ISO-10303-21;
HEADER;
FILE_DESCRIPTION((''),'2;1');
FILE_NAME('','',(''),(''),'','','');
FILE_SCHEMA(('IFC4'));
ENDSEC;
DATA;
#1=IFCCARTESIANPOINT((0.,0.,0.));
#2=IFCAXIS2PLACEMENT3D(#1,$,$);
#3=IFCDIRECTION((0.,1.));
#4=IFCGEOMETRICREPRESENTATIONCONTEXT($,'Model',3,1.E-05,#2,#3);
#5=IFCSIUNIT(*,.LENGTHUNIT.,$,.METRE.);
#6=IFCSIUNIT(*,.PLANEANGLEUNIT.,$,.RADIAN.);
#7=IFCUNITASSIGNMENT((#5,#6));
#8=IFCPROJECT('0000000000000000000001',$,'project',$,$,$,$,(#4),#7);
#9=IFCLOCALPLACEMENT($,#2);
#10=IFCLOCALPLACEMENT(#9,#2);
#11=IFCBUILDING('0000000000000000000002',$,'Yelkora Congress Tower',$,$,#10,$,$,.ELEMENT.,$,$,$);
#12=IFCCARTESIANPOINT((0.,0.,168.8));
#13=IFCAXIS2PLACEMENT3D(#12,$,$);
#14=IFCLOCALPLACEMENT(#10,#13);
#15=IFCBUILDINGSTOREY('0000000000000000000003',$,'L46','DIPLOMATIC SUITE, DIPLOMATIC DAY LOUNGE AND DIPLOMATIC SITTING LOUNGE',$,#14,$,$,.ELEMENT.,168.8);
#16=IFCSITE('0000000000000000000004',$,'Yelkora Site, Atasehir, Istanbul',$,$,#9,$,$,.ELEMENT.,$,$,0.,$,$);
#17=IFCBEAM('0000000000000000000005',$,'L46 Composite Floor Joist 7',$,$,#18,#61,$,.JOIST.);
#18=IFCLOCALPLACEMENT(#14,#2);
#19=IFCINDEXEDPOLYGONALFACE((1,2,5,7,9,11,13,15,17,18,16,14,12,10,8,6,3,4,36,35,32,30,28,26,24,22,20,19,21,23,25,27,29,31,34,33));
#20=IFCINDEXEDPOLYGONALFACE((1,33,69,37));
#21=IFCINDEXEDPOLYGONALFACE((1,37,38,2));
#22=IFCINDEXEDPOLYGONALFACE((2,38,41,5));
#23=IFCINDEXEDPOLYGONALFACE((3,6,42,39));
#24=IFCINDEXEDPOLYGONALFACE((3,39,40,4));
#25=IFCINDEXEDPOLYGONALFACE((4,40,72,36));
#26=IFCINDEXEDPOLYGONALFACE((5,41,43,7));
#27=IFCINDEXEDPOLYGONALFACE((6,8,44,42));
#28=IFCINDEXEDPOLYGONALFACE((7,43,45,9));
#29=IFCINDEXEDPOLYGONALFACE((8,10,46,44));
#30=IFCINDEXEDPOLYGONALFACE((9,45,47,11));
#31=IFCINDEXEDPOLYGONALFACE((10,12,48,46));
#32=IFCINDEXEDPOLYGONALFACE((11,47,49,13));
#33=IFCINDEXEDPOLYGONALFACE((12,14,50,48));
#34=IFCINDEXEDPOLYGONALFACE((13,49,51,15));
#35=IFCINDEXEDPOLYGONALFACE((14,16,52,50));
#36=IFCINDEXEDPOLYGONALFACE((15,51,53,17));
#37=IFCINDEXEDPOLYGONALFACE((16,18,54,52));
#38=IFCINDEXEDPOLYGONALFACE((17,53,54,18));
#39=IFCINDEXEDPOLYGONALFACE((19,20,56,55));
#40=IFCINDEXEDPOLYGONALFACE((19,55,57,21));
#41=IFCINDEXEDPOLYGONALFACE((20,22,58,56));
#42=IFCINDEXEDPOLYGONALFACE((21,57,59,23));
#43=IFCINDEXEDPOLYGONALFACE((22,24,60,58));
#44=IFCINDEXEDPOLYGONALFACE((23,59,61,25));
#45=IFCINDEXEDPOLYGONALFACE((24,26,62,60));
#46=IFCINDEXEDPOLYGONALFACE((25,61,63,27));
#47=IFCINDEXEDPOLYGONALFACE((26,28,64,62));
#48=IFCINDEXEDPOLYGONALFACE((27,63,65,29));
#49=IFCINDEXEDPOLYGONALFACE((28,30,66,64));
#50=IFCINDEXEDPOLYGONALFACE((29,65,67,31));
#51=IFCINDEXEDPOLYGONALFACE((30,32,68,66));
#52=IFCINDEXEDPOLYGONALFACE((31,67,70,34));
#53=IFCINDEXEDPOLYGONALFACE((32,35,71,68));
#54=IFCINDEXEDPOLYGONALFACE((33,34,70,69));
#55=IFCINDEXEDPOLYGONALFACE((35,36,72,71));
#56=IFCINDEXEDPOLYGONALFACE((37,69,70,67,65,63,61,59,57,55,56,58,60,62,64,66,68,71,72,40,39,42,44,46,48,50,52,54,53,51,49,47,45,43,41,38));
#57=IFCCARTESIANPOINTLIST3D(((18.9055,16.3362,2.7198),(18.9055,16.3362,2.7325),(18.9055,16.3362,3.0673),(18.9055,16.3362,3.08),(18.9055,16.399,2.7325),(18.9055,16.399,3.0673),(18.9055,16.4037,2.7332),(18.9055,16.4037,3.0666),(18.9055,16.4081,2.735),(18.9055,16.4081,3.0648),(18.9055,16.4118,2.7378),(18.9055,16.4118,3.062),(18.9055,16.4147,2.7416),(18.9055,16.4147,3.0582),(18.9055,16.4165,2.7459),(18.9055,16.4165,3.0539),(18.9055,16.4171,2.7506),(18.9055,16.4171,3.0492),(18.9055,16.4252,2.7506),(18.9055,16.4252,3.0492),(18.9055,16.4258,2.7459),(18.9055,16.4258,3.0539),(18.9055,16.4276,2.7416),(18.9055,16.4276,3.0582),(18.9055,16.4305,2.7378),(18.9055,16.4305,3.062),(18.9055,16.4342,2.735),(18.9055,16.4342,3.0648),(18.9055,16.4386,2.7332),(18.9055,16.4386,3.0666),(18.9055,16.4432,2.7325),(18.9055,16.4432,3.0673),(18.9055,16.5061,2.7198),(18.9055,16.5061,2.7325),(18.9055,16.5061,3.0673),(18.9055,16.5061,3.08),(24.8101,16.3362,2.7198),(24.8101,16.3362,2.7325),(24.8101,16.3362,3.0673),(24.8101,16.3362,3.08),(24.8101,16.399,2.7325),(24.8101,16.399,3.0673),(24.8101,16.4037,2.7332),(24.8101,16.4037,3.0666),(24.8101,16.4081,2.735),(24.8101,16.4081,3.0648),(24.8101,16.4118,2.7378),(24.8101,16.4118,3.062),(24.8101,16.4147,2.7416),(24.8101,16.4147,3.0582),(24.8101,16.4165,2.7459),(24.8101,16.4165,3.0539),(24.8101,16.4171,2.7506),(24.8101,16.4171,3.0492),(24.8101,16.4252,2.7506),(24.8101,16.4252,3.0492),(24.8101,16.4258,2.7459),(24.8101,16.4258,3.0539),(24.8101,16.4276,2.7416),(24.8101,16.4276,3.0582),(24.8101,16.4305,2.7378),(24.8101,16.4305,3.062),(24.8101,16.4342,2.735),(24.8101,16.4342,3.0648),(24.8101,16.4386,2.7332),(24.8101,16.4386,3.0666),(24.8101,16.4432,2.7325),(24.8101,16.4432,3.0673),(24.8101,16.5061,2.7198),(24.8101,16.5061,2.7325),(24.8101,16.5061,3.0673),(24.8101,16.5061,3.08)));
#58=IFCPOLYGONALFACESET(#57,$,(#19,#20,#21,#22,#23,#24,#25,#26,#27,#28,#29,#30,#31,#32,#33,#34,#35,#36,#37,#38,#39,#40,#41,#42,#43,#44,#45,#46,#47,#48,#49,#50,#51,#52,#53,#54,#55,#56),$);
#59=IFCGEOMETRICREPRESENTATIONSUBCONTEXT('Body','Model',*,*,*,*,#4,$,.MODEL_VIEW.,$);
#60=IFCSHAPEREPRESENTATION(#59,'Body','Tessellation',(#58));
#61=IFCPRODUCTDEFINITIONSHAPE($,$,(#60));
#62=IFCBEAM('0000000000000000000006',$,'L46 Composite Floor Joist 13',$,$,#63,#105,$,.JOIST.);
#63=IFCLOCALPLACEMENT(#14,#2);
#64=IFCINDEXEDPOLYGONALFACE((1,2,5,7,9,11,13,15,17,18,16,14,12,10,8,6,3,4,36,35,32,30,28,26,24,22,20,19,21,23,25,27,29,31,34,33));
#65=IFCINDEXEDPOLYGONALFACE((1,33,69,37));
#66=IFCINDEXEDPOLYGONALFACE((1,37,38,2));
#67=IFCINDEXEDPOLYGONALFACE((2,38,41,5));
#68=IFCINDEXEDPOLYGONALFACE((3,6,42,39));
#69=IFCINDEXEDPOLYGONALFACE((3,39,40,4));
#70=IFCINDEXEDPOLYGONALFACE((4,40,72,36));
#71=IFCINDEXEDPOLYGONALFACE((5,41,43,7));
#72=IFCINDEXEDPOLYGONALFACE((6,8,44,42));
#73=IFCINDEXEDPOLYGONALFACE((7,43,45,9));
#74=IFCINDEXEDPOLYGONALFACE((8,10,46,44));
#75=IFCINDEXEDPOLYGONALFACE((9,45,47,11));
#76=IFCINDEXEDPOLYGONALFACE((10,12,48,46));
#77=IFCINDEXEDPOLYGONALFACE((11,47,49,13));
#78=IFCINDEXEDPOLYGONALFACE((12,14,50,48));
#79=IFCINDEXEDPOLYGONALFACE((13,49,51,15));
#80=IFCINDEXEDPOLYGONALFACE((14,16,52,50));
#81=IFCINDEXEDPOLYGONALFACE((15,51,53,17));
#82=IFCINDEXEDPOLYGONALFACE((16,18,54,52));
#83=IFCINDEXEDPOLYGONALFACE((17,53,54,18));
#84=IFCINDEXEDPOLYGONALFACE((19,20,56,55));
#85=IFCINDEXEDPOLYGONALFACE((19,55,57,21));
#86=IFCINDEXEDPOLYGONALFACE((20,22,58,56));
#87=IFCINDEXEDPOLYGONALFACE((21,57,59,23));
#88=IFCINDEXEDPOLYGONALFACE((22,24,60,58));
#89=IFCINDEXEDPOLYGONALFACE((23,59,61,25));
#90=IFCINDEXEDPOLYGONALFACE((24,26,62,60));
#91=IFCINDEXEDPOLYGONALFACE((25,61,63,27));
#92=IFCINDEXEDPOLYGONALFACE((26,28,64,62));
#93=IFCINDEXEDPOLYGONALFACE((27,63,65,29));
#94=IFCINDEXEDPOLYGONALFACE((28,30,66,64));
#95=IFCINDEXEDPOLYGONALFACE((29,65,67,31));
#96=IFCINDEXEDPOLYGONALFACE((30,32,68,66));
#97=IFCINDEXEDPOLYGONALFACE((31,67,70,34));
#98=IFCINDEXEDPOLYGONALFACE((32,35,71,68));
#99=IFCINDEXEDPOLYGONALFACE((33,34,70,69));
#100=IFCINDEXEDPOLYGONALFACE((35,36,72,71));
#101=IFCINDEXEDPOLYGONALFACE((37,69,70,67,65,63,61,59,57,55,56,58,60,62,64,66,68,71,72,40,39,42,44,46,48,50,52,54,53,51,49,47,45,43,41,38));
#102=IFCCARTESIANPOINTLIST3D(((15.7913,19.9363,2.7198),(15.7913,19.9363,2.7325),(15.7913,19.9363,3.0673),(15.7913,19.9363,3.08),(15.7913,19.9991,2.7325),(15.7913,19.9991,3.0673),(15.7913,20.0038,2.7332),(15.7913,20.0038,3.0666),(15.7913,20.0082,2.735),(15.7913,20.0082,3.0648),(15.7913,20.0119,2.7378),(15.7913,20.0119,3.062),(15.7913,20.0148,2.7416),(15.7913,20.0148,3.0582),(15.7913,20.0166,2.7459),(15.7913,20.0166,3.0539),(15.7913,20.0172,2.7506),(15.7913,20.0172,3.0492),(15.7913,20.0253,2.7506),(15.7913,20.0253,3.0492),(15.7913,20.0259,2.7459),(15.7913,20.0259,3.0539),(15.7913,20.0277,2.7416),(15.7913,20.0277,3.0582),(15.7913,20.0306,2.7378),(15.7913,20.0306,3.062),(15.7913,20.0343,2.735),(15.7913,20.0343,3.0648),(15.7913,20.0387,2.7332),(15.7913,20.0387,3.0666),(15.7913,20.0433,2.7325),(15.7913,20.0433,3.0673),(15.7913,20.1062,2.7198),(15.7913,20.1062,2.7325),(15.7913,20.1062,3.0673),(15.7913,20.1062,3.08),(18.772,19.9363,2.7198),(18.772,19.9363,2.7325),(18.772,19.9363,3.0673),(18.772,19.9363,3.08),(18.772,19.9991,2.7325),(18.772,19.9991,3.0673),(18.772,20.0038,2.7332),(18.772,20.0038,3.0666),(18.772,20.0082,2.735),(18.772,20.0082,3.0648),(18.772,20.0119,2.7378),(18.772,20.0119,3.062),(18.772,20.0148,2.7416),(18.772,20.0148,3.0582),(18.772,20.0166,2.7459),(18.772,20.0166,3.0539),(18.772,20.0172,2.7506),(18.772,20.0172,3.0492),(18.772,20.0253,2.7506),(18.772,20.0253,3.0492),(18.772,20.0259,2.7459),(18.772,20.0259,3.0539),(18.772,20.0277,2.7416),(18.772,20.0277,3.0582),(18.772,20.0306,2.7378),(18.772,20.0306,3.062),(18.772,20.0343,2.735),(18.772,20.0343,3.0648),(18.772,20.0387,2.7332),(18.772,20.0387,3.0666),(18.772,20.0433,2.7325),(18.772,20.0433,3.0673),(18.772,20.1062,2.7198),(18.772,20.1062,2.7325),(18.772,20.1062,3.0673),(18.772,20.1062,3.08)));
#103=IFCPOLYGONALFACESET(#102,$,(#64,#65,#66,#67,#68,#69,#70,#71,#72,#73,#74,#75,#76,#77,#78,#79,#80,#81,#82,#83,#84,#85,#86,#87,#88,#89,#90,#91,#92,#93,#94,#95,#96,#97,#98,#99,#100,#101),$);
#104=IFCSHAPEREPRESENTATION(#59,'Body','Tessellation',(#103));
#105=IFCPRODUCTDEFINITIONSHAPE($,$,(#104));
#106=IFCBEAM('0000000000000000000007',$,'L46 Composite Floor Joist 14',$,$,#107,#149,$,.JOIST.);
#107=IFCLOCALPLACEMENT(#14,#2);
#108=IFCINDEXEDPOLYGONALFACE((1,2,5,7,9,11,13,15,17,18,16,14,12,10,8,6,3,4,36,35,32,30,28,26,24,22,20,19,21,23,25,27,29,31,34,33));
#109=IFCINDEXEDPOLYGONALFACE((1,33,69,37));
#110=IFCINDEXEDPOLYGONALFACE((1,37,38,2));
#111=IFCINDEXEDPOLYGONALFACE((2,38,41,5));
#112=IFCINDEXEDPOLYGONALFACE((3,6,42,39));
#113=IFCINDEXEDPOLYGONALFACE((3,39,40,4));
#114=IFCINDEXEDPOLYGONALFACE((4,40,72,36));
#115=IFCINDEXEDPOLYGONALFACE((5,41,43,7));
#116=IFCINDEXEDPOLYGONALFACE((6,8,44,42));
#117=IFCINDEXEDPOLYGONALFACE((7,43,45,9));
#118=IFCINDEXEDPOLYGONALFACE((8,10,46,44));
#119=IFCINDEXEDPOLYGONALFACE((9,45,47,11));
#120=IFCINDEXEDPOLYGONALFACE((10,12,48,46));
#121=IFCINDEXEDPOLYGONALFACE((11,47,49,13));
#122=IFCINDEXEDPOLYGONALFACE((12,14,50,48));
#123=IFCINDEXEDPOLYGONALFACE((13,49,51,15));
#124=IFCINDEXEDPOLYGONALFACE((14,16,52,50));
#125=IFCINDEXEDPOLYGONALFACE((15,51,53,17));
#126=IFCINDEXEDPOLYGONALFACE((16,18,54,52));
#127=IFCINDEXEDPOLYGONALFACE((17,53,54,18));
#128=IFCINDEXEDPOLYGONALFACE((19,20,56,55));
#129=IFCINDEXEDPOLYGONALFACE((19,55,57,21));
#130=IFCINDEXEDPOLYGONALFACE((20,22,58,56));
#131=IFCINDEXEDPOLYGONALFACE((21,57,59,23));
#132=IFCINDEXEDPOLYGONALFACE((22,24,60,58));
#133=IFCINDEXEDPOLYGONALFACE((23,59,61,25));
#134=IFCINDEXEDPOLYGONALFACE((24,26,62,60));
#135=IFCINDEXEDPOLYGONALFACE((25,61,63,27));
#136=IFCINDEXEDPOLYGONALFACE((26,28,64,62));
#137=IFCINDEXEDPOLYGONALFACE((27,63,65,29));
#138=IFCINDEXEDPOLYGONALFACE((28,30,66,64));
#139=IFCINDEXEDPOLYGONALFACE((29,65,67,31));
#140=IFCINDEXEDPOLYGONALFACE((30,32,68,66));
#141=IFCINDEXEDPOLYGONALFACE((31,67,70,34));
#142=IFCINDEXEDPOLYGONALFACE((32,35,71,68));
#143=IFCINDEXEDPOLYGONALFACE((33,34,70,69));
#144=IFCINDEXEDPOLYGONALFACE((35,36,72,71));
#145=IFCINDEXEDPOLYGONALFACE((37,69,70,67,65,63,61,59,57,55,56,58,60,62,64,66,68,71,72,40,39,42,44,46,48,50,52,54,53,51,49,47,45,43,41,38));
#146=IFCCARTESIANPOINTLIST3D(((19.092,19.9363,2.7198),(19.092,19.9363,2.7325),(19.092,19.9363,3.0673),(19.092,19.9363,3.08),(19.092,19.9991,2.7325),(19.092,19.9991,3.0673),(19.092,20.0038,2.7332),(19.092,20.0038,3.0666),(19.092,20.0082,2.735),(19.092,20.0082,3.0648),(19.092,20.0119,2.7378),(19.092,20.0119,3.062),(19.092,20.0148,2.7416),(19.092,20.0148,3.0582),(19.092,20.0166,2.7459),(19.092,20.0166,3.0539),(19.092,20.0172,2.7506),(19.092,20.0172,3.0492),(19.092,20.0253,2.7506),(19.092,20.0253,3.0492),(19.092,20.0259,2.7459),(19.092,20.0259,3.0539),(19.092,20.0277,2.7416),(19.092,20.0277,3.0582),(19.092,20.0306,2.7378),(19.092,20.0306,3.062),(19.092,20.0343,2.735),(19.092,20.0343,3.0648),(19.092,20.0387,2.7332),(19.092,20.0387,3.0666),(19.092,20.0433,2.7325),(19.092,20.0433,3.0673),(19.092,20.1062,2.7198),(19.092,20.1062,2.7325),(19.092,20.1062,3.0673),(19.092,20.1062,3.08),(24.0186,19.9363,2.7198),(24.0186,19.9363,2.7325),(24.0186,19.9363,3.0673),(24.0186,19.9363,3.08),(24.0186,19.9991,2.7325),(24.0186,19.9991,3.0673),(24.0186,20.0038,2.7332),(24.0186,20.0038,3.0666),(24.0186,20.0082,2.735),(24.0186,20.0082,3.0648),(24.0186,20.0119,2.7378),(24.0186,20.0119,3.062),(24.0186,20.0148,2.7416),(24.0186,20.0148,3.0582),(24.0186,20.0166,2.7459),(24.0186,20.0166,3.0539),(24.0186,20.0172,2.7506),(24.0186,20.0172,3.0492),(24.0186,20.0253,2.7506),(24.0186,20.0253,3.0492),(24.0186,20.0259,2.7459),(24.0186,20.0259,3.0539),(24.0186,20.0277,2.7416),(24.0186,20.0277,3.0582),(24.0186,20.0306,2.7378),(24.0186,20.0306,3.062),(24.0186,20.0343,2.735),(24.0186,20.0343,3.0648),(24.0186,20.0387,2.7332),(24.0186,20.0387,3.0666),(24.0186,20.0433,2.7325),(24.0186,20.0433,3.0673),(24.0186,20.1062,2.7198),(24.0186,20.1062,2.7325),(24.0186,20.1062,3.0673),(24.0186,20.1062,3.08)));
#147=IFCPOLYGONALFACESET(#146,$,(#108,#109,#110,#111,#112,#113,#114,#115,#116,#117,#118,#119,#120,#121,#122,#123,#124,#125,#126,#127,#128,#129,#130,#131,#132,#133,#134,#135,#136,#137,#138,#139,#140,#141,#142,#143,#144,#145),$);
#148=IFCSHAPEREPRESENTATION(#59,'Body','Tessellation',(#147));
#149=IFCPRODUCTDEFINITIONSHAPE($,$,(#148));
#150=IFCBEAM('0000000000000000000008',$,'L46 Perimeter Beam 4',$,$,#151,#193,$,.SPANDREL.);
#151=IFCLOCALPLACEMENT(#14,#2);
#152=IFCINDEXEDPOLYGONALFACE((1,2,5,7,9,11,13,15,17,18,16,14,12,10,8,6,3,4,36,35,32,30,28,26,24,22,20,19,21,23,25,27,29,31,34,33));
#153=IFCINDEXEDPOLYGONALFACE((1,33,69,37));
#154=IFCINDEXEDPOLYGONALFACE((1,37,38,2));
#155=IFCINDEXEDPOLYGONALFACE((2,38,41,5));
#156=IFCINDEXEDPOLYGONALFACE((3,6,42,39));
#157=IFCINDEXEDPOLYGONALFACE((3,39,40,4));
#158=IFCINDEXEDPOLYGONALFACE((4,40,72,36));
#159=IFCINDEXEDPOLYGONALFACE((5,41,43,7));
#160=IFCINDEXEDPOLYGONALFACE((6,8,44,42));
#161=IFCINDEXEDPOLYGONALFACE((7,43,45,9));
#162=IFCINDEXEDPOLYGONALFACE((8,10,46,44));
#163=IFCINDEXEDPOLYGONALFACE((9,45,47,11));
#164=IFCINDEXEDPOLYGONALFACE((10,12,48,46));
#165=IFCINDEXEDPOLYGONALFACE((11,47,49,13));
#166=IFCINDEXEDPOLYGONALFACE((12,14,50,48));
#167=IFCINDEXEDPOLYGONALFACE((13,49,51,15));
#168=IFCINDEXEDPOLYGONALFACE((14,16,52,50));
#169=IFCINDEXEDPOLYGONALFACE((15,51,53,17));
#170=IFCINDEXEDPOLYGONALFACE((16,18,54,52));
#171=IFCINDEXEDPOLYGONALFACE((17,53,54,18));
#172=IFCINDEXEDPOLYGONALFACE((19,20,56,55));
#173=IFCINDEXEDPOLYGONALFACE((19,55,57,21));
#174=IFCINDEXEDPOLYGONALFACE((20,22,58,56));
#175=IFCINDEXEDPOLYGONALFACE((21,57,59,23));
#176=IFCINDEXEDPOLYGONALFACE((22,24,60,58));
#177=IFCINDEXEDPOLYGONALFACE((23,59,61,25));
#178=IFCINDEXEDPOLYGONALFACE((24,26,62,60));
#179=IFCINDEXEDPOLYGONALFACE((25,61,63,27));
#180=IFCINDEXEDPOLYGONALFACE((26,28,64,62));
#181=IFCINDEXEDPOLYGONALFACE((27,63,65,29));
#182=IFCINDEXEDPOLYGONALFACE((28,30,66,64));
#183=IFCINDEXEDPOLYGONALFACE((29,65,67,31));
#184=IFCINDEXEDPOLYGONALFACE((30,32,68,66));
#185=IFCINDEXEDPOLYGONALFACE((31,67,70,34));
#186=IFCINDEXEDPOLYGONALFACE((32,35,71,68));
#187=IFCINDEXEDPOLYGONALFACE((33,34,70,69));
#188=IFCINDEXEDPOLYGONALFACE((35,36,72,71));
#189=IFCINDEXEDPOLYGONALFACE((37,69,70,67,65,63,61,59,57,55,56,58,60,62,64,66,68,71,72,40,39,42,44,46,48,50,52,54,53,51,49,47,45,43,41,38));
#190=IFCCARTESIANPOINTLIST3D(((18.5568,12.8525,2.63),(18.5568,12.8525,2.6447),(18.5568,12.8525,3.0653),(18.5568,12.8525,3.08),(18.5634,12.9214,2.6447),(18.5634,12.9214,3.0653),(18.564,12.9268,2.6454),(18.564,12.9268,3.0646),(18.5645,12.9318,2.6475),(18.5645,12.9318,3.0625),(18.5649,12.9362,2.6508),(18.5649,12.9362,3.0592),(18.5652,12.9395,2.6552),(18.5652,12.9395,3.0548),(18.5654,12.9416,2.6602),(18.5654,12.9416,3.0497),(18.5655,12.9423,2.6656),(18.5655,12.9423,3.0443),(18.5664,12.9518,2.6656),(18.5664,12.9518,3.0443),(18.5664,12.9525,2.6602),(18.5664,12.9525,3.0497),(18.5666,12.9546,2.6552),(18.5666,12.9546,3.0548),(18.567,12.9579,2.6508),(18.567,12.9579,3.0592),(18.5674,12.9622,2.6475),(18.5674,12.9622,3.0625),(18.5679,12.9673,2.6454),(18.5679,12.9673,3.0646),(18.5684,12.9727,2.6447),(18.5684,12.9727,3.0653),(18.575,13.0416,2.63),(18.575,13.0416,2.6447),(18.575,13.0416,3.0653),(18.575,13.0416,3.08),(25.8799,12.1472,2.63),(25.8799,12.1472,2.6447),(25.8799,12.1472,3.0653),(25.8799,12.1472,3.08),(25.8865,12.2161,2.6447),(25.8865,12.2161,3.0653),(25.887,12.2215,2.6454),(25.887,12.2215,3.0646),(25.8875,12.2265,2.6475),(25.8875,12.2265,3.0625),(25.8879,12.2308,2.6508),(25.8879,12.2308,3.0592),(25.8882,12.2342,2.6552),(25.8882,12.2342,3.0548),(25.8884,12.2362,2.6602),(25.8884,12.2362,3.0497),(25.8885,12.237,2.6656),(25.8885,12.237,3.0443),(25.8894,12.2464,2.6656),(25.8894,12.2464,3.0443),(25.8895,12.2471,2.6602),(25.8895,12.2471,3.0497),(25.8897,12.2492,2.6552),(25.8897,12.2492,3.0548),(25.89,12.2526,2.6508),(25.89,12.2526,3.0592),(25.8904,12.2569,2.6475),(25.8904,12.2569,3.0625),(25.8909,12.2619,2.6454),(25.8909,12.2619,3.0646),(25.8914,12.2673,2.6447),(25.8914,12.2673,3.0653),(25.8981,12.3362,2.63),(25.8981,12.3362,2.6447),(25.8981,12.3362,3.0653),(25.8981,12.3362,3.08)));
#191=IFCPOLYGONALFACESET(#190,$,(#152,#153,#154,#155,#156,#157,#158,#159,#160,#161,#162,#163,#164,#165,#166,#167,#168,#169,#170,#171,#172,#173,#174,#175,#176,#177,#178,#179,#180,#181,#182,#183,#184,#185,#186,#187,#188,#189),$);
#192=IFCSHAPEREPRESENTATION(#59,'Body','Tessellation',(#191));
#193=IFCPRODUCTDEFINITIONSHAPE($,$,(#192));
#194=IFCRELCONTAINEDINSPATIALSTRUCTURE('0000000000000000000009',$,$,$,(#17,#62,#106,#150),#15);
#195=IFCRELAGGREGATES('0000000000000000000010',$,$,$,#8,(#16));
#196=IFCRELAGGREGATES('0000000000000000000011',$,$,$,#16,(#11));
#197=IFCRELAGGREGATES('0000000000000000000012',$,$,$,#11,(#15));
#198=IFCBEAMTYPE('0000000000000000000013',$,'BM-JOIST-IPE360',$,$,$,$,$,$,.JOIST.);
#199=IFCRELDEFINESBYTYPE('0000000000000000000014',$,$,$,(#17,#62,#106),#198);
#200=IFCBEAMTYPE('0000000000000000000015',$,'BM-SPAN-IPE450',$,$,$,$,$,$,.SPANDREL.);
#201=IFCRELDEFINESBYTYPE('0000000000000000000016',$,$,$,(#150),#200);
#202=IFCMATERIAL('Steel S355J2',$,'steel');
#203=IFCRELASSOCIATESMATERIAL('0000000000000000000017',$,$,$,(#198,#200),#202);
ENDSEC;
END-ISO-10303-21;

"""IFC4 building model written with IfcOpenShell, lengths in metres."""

from ifc_helpers import new_model, si_unit, direction, frame, origin, origin_2d, place, context, subcontext, project, spatial, i_section, extrude, material, material_profile, profile_set, type_object, element, save


model = new_model("IFC4")

# Units and contexts
model_context = context("Model", 3, precision=1e-05, world=origin(), true_north=direction((0.0, 1.0)))
body_context = subcontext(model_context, "Body", "Model", "MODEL_VIEW")
ifc_project = project(units=[si_unit("LENGTHUNIT", "METRE"), si_unit("PLANEANGLEUNIT", "RADIAN")], contexts=[model_context])

# Site, building, storey
site_placement = place(None, origin())
site = spatial("IfcSite", under=ifc_project, at=site_placement, Name="Yelkora Site, Atasehir, Istanbul", CompositionType="ELEMENT", RefElevation=0.0)
building_placement = place(site_placement, origin())
building = spatial("IfcBuilding", under=site, at=building_placement, Name="Yelkora Congress Tower", CompositionType="ELEMENT")
storey_placement = place(building_placement, frame((0.0, 0.0, 168.8)))
storey = spatial("IfcBuildingStorey", under=building, at=storey_placement, Name="L46", Description="DIPLOMATIC SUITE, DIPLOMATIC DAY LOUNGE AND DIPLOMATIC SITTING LOUNGE", CompositionType="ELEMENT", Elevation=168.8)

# Beams
ifc_material_1 = material(Name="Steel S355J2", Category="steel")
ifc_material_profile_1 = material_profile(ifc_material_1, i_section(OverallWidth=0.1699, OverallDepth=0.3601, WebThickness=0.0081, FlangeThickness=0.0127, FilletRadius=0.0181, at=origin_2d()), Name="IPE 360")
ifc_profile_set_1 = profile_set([ifc_material_profile_1], Name="Steel S355J2")
beam_type_1 = type_object("IfcBeamType", Name="BM-JOIST-IPE360", PredefinedType="JOIST", material=ifc_profile_set_1)
beam_1_placement = place(storey_placement, frame((18.9055, 16.4211, 2.8999), z_axis=(1.0, 0.0, 0.0), x_axis=(0.0, 1.0, 0.0)))
element("IfcBeam", 1, at=beam_1_placement, inside=storey, type_object=beam_type_1, Name="L46 Composite Floor Joist 7", PredefinedType="JOIST", context=body_context, shape_type="SweptSolid", body=[
    extrude(i_section(OverallWidth=0.1699, OverallDepth=0.3601, WebThickness=0.0081, FlangeThickness=0.0127, FilletRadius=0.0181, at=origin_2d()), origin(), (0.0, 0.0, 1.0), 5.9045),
])
beam_2_placement = place(storey_placement, frame((15.7913, 20.0212, 2.8999), z_axis=(1.0, 0.0, 0.0), x_axis=(0.0, 1.0, 0.0)))
element("IfcBeam", 2, at=beam_2_placement, inside=storey, type_object=beam_type_1, Name="L46 Composite Floor Joist 13", PredefinedType="JOIST", context=body_context, shape_type="SweptSolid", body=[
    extrude(i_section(OverallWidth=0.1699, OverallDepth=0.3601, WebThickness=0.0081, FlangeThickness=0.0127, FilletRadius=0.0181, at=origin_2d()), origin(), (0.0, 0.0, 1.0), 2.9807),
])
beam_3_placement = place(storey_placement, frame((19.092, 20.0212, 2.8999), z_axis=(1.0, 0.0, 0.0), x_axis=(0.0, 1.0, 0.0)))
element("IfcBeam", 3, at=beam_3_placement, inside=storey, type_object=beam_type_1, Name="L46 Composite Floor Joist 14", PredefinedType="JOIST", context=body_context, shape_type="SweptSolid", body=[
    extrude(i_section(OverallWidth=0.1699, OverallDepth=0.3601, WebThickness=0.0081, FlangeThickness=0.0127, FilletRadius=0.0181, at=origin_2d()), origin(), (0.0, 0.0, 1.0), 4.9265),
])
ifc_material_profile_2 = material_profile(ifc_material_1, i_section(OverallWidth=0.1899, OverallDepth=0.45, WebThickness=0.0095, FlangeThickness=0.0146, FilletRadius=0.021, at=origin_2d()), Name="IPE 450")
ifc_profile_set_2 = profile_set([ifc_material_profile_2], Name="Steel S355J2")
beam_type_2 = type_object("IfcBeamType", Name="BM-SPAN-IPE450", PredefinedType="SPANDREL", material=ifc_profile_set_2)
beam_4_placement = place(storey_placement, frame((18.5659, 12.947, 2.855), z_axis=(0.995394, -0.095872, 0.0), x_axis=(0.095872, 0.995394, 0.0)))
element("IfcBeam", 4, at=beam_4_placement, inside=storey, type_object=beam_type_2, Name="L46 Perimeter Beam 4", PredefinedType="SPANDREL", context=body_context, shape_type="SweptSolid", body=[
    extrude(i_section(OverallWidth=0.1899, OverallDepth=0.45, WebThickness=0.0095, FlangeThickness=0.0146, FilletRadius=0.021, at=origin_2d()), origin(), (0.0, 0.0, 1.0), 7.3569),
])

save(model, "model.ifc")
